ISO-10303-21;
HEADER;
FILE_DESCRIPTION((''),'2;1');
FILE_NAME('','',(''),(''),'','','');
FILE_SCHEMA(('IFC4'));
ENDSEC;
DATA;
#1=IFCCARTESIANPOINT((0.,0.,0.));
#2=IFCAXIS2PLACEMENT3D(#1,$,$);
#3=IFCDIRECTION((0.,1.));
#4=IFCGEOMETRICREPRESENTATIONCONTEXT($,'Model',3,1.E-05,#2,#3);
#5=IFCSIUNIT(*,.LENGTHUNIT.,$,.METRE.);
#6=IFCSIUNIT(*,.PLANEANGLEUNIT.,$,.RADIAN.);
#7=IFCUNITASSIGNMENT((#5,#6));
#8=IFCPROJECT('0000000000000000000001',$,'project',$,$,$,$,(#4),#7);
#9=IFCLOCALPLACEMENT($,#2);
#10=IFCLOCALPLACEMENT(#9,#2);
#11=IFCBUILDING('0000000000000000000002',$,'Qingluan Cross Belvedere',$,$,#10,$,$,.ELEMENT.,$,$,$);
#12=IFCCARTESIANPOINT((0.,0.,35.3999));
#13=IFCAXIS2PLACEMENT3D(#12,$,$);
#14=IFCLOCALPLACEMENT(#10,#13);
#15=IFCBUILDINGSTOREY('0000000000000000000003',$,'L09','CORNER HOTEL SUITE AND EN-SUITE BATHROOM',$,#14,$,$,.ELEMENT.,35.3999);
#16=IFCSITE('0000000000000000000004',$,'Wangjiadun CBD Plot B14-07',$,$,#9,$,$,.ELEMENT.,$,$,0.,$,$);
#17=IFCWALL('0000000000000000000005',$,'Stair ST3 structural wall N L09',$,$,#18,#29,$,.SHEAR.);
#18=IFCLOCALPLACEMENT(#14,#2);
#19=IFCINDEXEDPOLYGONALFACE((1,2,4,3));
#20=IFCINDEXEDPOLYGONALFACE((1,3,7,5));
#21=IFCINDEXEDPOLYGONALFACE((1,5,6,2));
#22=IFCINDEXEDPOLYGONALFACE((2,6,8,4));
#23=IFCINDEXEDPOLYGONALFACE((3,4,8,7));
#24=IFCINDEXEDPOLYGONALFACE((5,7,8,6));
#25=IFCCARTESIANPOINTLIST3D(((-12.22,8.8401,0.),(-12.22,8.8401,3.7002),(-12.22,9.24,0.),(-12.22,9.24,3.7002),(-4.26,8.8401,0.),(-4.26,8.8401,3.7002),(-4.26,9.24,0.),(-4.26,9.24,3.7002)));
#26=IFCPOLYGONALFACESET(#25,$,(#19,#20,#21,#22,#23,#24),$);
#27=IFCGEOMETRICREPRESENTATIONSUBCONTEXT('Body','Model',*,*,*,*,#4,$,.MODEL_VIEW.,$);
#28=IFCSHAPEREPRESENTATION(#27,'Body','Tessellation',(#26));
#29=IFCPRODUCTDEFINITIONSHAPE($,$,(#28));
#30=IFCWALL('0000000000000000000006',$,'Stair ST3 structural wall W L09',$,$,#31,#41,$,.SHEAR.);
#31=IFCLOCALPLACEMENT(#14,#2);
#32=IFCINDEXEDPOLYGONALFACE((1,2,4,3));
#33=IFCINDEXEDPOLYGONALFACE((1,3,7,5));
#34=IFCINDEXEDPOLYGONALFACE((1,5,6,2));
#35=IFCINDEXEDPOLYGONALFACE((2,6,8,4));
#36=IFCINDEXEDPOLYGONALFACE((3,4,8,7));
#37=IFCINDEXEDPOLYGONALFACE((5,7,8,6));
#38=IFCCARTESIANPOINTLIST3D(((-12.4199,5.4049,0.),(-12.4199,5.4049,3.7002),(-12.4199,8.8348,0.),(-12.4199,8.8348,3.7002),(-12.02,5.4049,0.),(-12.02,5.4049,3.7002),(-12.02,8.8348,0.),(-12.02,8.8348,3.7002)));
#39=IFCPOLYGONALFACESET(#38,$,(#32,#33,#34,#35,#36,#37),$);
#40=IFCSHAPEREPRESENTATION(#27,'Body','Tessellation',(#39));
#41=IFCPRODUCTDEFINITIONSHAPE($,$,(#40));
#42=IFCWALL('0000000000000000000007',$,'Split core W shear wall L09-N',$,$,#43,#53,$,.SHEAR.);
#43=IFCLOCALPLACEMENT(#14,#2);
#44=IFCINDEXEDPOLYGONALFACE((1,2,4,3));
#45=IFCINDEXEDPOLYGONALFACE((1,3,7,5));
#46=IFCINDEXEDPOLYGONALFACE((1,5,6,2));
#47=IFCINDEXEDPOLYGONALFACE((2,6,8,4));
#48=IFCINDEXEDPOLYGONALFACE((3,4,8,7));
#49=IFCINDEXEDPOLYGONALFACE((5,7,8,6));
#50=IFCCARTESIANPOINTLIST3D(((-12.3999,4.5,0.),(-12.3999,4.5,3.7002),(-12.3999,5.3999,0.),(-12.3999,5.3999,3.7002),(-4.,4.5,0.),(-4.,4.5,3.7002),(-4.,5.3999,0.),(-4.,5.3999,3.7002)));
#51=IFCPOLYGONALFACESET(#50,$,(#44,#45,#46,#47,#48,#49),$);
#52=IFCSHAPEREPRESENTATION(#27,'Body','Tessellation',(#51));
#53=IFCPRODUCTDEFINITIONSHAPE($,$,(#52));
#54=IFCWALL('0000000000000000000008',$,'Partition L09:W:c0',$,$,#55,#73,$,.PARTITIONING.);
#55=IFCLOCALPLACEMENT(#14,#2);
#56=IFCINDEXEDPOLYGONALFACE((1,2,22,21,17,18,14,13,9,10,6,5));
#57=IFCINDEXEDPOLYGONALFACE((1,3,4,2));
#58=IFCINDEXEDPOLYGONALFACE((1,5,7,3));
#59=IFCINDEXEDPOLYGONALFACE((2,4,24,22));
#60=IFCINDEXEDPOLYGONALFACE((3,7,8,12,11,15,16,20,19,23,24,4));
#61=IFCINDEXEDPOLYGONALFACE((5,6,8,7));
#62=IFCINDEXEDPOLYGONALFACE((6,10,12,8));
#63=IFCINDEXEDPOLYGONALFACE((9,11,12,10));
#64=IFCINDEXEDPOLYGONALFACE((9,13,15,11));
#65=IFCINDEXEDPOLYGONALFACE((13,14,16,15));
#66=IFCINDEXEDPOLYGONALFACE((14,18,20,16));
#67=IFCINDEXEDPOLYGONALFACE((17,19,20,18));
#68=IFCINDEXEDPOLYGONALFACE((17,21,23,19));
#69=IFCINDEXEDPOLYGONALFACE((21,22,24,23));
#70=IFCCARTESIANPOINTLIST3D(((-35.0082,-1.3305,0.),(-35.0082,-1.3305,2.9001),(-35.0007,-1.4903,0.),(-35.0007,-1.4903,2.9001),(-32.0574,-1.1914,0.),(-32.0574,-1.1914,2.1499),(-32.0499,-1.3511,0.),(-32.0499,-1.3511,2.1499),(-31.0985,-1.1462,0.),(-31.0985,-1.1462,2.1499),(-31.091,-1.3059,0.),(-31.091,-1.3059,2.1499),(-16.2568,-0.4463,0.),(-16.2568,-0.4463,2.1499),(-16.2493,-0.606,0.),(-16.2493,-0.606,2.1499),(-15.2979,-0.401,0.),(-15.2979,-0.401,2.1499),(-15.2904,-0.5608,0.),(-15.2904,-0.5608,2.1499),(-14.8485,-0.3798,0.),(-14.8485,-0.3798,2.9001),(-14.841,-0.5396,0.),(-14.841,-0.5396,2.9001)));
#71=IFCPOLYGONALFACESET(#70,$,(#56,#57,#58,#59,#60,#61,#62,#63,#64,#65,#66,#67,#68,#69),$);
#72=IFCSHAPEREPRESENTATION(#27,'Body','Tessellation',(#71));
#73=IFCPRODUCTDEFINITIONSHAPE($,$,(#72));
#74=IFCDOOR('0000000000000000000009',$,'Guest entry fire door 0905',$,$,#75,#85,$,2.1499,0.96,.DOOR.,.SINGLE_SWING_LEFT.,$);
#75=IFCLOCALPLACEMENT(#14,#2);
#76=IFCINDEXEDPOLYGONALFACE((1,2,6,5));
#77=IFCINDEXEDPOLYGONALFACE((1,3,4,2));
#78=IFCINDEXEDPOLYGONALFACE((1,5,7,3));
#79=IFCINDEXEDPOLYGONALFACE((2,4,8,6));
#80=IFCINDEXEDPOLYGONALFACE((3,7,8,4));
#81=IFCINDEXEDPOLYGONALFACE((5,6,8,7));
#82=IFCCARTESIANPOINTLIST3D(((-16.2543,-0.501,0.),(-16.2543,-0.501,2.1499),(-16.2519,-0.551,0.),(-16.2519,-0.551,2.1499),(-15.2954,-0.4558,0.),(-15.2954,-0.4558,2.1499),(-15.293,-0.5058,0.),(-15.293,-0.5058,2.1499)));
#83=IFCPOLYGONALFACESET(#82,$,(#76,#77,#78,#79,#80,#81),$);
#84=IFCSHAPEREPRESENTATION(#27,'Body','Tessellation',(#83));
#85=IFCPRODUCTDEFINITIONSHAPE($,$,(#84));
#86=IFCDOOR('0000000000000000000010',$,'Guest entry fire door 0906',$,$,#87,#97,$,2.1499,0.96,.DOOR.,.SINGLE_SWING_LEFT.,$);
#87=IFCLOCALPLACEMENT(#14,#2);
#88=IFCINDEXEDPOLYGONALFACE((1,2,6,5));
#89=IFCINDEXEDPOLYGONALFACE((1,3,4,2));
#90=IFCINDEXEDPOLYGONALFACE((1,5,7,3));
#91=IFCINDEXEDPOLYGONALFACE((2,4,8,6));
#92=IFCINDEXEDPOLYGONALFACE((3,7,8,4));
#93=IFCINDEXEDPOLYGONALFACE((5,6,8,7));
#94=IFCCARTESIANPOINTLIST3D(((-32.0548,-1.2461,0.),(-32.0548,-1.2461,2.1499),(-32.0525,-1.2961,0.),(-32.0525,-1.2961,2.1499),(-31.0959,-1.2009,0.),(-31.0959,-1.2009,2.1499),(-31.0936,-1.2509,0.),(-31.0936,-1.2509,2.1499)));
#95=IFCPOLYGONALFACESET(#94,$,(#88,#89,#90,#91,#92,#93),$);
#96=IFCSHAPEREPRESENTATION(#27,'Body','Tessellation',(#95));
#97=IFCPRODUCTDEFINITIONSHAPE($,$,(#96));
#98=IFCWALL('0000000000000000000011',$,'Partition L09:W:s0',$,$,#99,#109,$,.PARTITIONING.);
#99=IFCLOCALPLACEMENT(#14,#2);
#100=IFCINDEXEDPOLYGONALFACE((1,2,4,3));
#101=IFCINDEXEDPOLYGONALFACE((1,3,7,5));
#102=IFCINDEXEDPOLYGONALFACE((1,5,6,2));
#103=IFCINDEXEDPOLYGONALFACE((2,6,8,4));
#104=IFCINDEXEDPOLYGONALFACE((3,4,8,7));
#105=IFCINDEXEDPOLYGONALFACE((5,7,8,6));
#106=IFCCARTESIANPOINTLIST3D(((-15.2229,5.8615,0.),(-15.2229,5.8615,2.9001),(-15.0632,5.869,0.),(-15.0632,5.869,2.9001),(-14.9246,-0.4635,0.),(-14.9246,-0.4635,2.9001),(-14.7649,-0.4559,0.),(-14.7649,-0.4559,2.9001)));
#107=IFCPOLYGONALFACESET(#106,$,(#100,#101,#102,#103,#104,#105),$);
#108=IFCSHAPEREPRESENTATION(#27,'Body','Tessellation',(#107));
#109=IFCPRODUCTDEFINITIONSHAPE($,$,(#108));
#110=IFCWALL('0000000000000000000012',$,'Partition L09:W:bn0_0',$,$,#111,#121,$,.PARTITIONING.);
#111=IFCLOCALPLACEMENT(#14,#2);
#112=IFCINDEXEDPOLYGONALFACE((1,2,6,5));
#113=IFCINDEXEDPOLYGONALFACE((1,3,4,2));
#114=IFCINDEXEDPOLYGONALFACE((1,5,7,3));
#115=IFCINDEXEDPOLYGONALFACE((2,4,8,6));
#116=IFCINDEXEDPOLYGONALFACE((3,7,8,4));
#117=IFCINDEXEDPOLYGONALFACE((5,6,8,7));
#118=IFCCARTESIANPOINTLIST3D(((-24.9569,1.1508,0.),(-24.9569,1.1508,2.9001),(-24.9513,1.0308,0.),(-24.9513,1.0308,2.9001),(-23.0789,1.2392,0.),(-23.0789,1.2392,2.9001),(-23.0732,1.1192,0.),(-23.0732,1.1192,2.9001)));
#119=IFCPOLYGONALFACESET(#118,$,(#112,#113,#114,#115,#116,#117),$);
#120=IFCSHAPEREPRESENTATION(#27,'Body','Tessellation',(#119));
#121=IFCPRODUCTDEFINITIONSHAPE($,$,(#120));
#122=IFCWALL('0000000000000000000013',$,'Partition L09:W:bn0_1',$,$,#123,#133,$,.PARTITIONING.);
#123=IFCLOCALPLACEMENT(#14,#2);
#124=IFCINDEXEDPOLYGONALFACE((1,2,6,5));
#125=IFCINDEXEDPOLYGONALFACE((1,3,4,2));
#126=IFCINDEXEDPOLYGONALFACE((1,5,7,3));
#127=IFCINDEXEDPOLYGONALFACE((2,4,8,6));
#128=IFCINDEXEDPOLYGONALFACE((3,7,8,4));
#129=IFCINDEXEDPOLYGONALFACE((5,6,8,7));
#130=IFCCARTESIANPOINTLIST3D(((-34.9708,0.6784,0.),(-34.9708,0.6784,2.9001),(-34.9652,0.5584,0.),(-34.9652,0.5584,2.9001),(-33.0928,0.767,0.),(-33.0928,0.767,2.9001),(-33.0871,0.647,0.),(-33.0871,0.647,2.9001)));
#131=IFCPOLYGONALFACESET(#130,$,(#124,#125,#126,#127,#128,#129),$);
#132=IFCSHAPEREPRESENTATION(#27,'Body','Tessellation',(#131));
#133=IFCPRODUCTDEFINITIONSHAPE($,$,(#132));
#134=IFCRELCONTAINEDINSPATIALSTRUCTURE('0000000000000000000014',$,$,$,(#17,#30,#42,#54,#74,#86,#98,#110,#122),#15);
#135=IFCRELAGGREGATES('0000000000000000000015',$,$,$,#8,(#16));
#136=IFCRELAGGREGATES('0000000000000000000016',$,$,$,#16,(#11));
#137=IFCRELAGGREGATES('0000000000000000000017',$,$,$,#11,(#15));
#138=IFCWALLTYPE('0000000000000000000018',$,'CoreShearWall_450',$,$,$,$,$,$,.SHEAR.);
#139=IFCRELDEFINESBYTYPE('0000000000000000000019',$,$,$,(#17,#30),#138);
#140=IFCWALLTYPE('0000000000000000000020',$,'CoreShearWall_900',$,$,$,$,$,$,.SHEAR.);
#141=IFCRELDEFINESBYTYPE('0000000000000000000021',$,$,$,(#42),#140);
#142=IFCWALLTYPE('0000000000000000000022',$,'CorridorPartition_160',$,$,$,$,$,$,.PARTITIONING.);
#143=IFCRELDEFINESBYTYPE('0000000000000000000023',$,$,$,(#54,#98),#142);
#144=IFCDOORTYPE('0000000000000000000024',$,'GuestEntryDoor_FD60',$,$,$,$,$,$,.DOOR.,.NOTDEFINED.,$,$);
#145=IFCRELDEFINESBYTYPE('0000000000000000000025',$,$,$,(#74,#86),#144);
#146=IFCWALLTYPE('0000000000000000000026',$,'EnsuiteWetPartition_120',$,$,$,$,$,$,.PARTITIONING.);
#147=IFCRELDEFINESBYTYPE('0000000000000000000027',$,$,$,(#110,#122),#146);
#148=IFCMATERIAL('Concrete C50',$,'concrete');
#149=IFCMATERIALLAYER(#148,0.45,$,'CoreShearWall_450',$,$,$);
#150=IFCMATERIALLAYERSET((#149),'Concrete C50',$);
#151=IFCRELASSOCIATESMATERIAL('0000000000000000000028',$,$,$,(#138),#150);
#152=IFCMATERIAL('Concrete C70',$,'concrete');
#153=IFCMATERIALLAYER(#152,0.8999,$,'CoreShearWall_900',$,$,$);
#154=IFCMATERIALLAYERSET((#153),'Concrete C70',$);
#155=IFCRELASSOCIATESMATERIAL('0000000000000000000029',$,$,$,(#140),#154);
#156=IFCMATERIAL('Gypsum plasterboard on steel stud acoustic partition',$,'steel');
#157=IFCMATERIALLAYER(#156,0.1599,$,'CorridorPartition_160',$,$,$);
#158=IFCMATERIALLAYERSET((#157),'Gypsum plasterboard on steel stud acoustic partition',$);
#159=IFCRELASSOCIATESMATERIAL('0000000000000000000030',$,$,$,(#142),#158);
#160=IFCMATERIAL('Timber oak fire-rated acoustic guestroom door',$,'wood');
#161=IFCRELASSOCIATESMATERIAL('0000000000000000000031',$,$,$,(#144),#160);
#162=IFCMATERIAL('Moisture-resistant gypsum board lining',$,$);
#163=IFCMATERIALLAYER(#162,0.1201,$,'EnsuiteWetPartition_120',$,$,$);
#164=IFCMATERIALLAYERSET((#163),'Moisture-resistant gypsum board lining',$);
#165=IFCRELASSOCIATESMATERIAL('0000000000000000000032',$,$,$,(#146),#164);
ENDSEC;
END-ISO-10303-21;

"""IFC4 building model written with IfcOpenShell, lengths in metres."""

from ifc_helpers import new_model, si_unit, direction, frame, frame_2d, origin, place, context, subcontext, project, spatial, rectangle, extrude, material, layer, layer_set, type_object, element, fill, save


model = new_model("IFC4")

# Units and contexts
model_context = context("Model", 3, precision=1e-05, world=origin(), true_north=direction((0.0, 1.0)))
body_context = subcontext(model_context, "Body", "Model", "MODEL_VIEW")
ifc_project = project(units=[si_unit("LENGTHUNIT", "METRE"), si_unit("PLANEANGLEUNIT", "RADIAN")], contexts=[model_context])

# Site, building, storey
site_placement = place(None, origin())
site = spatial("IfcSite", under=ifc_project, at=site_placement, Name="Wangjiadun CBD Plot B14-07", CompositionType="ELEMENT", RefElevation=0.0)
building_placement = place(site_placement, origin())
building = spatial("IfcBuilding", under=site, at=building_placement, Name="Qingluan Cross Belvedere", CompositionType="ELEMENT")
storey_placement = place(building_placement, frame((0.0, 0.0, 35.3999)))
storey = spatial("IfcBuildingStorey", under=building, at=storey_placement, Name="L09", Description="CORNER HOTEL SUITE AND EN-SUITE BATHROOM", CompositionType="ELEMENT", Elevation=35.3999)

# Walls
ifc_material_1 = material(Name="Concrete C50", Category="concrete")
ifc_layer_1 = layer(ifc_material_1, 0.45, Name="CoreShearWall_450")
ifc_layer_set_1 = layer_set([ifc_layer_1], Name="Concrete C50")
wall_type_1 = type_object("IfcWallType", Name="CoreShearWall_450", PredefinedType="SHEAR", material=ifc_layer_set_1)
wall_1_placement = place(storey_placement, frame((-12.22, 9.04, 0.0), z_axis=(0.0, 0.0, 1.0), x_axis=(1.0, 0.0, 0.0)))
element("IfcWall", 1, at=wall_1_placement, inside=storey, type_object=wall_type_1, Name="Stair ST3 structural wall N L09", PredefinedType="SHEAR", context=body_context, shape_type="SweptSolid", body=[
    extrude(rectangle(XDim=7.96, YDim=0.3999, at=frame_2d((3.98, 0.0))), origin(), (0.0, 0.0, 1.0), 3.7002),
])
wall_2_placement = place(storey_placement, frame((-12.22, 5.405, 0.0), z_axis=(0.0, 0.0, 1.0), x_axis=(0.0, 1.0, 0.0)))
element("IfcWall", 2, at=wall_2_placement, inside=storey, type_object=wall_type_1, Name="Stair ST3 structural wall W L09", PredefinedType="SHEAR", context=body_context, shape_type="SweptSolid", body=[
    extrude(rectangle(XDim=3.4299, YDim=0.3999, at=frame_2d((1.7148, 0.0))), origin(), (0.0, 0.0, 1.0), 3.7002),
])
ifc_material_2 = material(Name="Concrete C70", Category="concrete")
ifc_layer_2 = layer(ifc_material_2, 0.8999, Name="CoreShearWall_900")
ifc_layer_set_2 = layer_set([ifc_layer_2], Name="Concrete C70")
wall_type_2 = type_object("IfcWallType", Name="CoreShearWall_900", PredefinedType="SHEAR", material=ifc_layer_set_2)
wall_3_placement = place(storey_placement, frame((-12.3999, 4.95, 0.0), z_axis=(0.0, 0.0, 1.0), x_axis=(1.0, 0.0, 0.0)))
element("IfcWall", 3, at=wall_3_placement, inside=storey, type_object=wall_type_2, Name="Split core W shear wall L09-N", PredefinedType="SHEAR", context=body_context, shape_type="SweptSolid", body=[
    extrude(rectangle(XDim=8.3999, YDim=0.8999, at=frame_2d((4.2, 0.0))), origin(), (0.0, 0.0, 1.0), 3.7002),
])

# Wall, openings, doors
ifc_material_3 = material(Name="Gypsum plasterboard on steel stud acoustic partition", Category="steel")
ifc_layer_3 = layer(ifc_material_3, 0.1599, Name="CorridorPartition_160")
ifc_layer_set_3 = layer_set([ifc_layer_3], Name="Gypsum plasterboard on steel stud acoustic partition")
wall_type_3 = type_object("IfcWallType", Name="CorridorPartition_160", PredefinedType="PARTITIONING", material=ifc_layer_set_3)
wall_4_placement = place(storey_placement, frame((-14.8447, -0.4597, 0.0), z_axis=(0.0, 0.0, 1.0), x_axis=(-0.99889, -0.047105, 0.0)))
wall_4 = element("IfcWall", 4, at=wall_4_placement, inside=storey, type_object=wall_type_3, Name="Partition L09:W:c0", PredefinedType="PARTITIONING", context=body_context, shape_type="SweptSolid", body=[
    extrude(rectangle(XDim=20.1821, YDim=0.1599, at=frame_2d((10.0911, 0.0))), origin(), (0.0, 0.0, 1.0), 2.9001),
])
opening_1_placement = place(wall_4_placement, frame((0.45, 0.0, 0.0)))
opening_1 = element("IfcOpeningElement", 5, at=opening_1_placement, cuts=wall_4, PredefinedType="OPENING", context=body_context, shape_type="SweptSolid", body=[
    extrude(rectangle(XDim=0.96, YDim=2.1499, at=frame_2d((0.48, 1.075))), frame((0.0, 0.0898, 0.0), z_axis=(0.0, -1.0, 0.0), x_axis=(1.0, 0.0, 0.0)), (0.0, 0.0, 1.0), 0.1799),
])
opening_2_placement = place(wall_4_placement, frame((16.2681, 0.0, 0.0)))
opening_2 = element("IfcOpeningElement", 6, at=opening_2_placement, cuts=wall_4, PredefinedType="OPENING", context=body_context, shape_type="SweptSolid", body=[
    extrude(rectangle(XDim=0.96, YDim=2.1499, at=frame_2d((0.48, 1.075))), frame((0.0, 0.0898, 0.0), z_axis=(0.0, -1.0, 0.0), x_axis=(1.0, 0.0, 0.0)), (0.0, 0.0, 1.0), 0.1799),
])
ifc_material_4 = material(Name="Timber oak fire-rated acoustic guestroom door", Category="wood")
door_type = type_object("IfcDoorType", Name="GuestEntryDoor_FD60", OperationType="NOTDEFINED", PredefinedType="DOOR", material=ifc_material_4)
door_1_placement = place(opening_1_placement, origin())
door_1 = element("IfcDoor", 7, at=door_1_placement, inside=storey, type_object=door_type, Name="Guest entry fire door 0905", OperationType="SINGLE_SWING_LEFT", OverallHeight=2.1499, OverallWidth=0.96, PredefinedType="DOOR", context=body_context, shape_type="SweptSolid", body=[
    extrude(rectangle(XDim=0.96, YDim=2.1499, at=frame_2d((0.48, 1.075))), frame((0.0, 0.0249, 0.0), z_axis=(0.0, -1.0, 0.0), x_axis=(1.0, 0.0, 0.0)), (0.0, 0.0, 1.0), 0.05),
])
fill(opening_1, door_1)
door_2_placement = place(opening_2_placement, origin())
door_2 = element("IfcDoor", 8, at=door_2_placement, inside=storey, type_object=door_type, Name="Guest entry fire door 0906", OperationType="SINGLE_SWING_LEFT", OverallHeight=2.1499, OverallWidth=0.96, PredefinedType="DOOR", context=body_context, shape_type="SweptSolid", body=[
    extrude(rectangle(XDim=0.96, YDim=2.1499, at=frame_2d((0.48, 1.075))), frame((0.0, 0.0249, 0.0), z_axis=(0.0, -1.0, 0.0), x_axis=(1.0, 0.0, 0.0)), (0.0, 0.0, 1.0), 0.05),
])
fill(opening_2, door_2)

# Walls
wall_5_placement = place(storey_placement, frame((-14.8447, -0.4597, 0.0), z_axis=(0.0, 0.0, 1.0), x_axis=(-0.047116, 0.998889, 0.0)))
element("IfcWall", 9, at=wall_5_placement, inside=storey, type_object=wall_type_3, Name="Partition L09:W:s0", PredefinedType="PARTITIONING", context=body_context, shape_type="SweptSolid", body=[
    extrude(rectangle(XDim=6.332, YDim=0.1599, at=frame_2d((3.166, 0.0))), origin(), (0.0, 0.0, 1.0), 2.9001),
])
ifc_material_5 = material(Name="Moisture-resistant gypsum board lining")
ifc_layer_4 = layer(ifc_material_5, 0.1201, Name="EnsuiteWetPartition_120")
ifc_layer_set_4 = layer_set([ifc_layer_4], Name="Moisture-resistant gypsum board lining")
wall_type_4 = type_object("IfcWallType", Name="EnsuiteWetPartition_120", PredefinedType="PARTITIONING", material=ifc_layer_set_4)
for number, where, z_axis, x_axis, name in (
    (10, (-23.0762, 1.1792, 0.0), (0.0, 0.0, 1.0), (-0.998894, -0.04701, 0.0), "Partition L09:W:bn0_0"),
    (11, (-33.0901, 0.707, 0.0), (0.0, 0.0, 1.0), (-0.998888, -0.047139, 0.0), "Partition L09:W:bn0_1"),
):
    element("IfcWall", number, at=place(storey_placement, frame(where, z_axis=z_axis, x_axis=x_axis)), inside=storey, type_object=wall_type_4, Name=name, PredefinedType="PARTITIONING", context=body_context, shape_type="SweptSolid", body=[
        extrude(rectangle(XDim=1.8801, YDim=0.1201, at=frame_2d((0.9399, 0.0))), origin(), (0.0, 0.0, 1.0), 2.9001),
    ])

save(model, "model.ifc")
